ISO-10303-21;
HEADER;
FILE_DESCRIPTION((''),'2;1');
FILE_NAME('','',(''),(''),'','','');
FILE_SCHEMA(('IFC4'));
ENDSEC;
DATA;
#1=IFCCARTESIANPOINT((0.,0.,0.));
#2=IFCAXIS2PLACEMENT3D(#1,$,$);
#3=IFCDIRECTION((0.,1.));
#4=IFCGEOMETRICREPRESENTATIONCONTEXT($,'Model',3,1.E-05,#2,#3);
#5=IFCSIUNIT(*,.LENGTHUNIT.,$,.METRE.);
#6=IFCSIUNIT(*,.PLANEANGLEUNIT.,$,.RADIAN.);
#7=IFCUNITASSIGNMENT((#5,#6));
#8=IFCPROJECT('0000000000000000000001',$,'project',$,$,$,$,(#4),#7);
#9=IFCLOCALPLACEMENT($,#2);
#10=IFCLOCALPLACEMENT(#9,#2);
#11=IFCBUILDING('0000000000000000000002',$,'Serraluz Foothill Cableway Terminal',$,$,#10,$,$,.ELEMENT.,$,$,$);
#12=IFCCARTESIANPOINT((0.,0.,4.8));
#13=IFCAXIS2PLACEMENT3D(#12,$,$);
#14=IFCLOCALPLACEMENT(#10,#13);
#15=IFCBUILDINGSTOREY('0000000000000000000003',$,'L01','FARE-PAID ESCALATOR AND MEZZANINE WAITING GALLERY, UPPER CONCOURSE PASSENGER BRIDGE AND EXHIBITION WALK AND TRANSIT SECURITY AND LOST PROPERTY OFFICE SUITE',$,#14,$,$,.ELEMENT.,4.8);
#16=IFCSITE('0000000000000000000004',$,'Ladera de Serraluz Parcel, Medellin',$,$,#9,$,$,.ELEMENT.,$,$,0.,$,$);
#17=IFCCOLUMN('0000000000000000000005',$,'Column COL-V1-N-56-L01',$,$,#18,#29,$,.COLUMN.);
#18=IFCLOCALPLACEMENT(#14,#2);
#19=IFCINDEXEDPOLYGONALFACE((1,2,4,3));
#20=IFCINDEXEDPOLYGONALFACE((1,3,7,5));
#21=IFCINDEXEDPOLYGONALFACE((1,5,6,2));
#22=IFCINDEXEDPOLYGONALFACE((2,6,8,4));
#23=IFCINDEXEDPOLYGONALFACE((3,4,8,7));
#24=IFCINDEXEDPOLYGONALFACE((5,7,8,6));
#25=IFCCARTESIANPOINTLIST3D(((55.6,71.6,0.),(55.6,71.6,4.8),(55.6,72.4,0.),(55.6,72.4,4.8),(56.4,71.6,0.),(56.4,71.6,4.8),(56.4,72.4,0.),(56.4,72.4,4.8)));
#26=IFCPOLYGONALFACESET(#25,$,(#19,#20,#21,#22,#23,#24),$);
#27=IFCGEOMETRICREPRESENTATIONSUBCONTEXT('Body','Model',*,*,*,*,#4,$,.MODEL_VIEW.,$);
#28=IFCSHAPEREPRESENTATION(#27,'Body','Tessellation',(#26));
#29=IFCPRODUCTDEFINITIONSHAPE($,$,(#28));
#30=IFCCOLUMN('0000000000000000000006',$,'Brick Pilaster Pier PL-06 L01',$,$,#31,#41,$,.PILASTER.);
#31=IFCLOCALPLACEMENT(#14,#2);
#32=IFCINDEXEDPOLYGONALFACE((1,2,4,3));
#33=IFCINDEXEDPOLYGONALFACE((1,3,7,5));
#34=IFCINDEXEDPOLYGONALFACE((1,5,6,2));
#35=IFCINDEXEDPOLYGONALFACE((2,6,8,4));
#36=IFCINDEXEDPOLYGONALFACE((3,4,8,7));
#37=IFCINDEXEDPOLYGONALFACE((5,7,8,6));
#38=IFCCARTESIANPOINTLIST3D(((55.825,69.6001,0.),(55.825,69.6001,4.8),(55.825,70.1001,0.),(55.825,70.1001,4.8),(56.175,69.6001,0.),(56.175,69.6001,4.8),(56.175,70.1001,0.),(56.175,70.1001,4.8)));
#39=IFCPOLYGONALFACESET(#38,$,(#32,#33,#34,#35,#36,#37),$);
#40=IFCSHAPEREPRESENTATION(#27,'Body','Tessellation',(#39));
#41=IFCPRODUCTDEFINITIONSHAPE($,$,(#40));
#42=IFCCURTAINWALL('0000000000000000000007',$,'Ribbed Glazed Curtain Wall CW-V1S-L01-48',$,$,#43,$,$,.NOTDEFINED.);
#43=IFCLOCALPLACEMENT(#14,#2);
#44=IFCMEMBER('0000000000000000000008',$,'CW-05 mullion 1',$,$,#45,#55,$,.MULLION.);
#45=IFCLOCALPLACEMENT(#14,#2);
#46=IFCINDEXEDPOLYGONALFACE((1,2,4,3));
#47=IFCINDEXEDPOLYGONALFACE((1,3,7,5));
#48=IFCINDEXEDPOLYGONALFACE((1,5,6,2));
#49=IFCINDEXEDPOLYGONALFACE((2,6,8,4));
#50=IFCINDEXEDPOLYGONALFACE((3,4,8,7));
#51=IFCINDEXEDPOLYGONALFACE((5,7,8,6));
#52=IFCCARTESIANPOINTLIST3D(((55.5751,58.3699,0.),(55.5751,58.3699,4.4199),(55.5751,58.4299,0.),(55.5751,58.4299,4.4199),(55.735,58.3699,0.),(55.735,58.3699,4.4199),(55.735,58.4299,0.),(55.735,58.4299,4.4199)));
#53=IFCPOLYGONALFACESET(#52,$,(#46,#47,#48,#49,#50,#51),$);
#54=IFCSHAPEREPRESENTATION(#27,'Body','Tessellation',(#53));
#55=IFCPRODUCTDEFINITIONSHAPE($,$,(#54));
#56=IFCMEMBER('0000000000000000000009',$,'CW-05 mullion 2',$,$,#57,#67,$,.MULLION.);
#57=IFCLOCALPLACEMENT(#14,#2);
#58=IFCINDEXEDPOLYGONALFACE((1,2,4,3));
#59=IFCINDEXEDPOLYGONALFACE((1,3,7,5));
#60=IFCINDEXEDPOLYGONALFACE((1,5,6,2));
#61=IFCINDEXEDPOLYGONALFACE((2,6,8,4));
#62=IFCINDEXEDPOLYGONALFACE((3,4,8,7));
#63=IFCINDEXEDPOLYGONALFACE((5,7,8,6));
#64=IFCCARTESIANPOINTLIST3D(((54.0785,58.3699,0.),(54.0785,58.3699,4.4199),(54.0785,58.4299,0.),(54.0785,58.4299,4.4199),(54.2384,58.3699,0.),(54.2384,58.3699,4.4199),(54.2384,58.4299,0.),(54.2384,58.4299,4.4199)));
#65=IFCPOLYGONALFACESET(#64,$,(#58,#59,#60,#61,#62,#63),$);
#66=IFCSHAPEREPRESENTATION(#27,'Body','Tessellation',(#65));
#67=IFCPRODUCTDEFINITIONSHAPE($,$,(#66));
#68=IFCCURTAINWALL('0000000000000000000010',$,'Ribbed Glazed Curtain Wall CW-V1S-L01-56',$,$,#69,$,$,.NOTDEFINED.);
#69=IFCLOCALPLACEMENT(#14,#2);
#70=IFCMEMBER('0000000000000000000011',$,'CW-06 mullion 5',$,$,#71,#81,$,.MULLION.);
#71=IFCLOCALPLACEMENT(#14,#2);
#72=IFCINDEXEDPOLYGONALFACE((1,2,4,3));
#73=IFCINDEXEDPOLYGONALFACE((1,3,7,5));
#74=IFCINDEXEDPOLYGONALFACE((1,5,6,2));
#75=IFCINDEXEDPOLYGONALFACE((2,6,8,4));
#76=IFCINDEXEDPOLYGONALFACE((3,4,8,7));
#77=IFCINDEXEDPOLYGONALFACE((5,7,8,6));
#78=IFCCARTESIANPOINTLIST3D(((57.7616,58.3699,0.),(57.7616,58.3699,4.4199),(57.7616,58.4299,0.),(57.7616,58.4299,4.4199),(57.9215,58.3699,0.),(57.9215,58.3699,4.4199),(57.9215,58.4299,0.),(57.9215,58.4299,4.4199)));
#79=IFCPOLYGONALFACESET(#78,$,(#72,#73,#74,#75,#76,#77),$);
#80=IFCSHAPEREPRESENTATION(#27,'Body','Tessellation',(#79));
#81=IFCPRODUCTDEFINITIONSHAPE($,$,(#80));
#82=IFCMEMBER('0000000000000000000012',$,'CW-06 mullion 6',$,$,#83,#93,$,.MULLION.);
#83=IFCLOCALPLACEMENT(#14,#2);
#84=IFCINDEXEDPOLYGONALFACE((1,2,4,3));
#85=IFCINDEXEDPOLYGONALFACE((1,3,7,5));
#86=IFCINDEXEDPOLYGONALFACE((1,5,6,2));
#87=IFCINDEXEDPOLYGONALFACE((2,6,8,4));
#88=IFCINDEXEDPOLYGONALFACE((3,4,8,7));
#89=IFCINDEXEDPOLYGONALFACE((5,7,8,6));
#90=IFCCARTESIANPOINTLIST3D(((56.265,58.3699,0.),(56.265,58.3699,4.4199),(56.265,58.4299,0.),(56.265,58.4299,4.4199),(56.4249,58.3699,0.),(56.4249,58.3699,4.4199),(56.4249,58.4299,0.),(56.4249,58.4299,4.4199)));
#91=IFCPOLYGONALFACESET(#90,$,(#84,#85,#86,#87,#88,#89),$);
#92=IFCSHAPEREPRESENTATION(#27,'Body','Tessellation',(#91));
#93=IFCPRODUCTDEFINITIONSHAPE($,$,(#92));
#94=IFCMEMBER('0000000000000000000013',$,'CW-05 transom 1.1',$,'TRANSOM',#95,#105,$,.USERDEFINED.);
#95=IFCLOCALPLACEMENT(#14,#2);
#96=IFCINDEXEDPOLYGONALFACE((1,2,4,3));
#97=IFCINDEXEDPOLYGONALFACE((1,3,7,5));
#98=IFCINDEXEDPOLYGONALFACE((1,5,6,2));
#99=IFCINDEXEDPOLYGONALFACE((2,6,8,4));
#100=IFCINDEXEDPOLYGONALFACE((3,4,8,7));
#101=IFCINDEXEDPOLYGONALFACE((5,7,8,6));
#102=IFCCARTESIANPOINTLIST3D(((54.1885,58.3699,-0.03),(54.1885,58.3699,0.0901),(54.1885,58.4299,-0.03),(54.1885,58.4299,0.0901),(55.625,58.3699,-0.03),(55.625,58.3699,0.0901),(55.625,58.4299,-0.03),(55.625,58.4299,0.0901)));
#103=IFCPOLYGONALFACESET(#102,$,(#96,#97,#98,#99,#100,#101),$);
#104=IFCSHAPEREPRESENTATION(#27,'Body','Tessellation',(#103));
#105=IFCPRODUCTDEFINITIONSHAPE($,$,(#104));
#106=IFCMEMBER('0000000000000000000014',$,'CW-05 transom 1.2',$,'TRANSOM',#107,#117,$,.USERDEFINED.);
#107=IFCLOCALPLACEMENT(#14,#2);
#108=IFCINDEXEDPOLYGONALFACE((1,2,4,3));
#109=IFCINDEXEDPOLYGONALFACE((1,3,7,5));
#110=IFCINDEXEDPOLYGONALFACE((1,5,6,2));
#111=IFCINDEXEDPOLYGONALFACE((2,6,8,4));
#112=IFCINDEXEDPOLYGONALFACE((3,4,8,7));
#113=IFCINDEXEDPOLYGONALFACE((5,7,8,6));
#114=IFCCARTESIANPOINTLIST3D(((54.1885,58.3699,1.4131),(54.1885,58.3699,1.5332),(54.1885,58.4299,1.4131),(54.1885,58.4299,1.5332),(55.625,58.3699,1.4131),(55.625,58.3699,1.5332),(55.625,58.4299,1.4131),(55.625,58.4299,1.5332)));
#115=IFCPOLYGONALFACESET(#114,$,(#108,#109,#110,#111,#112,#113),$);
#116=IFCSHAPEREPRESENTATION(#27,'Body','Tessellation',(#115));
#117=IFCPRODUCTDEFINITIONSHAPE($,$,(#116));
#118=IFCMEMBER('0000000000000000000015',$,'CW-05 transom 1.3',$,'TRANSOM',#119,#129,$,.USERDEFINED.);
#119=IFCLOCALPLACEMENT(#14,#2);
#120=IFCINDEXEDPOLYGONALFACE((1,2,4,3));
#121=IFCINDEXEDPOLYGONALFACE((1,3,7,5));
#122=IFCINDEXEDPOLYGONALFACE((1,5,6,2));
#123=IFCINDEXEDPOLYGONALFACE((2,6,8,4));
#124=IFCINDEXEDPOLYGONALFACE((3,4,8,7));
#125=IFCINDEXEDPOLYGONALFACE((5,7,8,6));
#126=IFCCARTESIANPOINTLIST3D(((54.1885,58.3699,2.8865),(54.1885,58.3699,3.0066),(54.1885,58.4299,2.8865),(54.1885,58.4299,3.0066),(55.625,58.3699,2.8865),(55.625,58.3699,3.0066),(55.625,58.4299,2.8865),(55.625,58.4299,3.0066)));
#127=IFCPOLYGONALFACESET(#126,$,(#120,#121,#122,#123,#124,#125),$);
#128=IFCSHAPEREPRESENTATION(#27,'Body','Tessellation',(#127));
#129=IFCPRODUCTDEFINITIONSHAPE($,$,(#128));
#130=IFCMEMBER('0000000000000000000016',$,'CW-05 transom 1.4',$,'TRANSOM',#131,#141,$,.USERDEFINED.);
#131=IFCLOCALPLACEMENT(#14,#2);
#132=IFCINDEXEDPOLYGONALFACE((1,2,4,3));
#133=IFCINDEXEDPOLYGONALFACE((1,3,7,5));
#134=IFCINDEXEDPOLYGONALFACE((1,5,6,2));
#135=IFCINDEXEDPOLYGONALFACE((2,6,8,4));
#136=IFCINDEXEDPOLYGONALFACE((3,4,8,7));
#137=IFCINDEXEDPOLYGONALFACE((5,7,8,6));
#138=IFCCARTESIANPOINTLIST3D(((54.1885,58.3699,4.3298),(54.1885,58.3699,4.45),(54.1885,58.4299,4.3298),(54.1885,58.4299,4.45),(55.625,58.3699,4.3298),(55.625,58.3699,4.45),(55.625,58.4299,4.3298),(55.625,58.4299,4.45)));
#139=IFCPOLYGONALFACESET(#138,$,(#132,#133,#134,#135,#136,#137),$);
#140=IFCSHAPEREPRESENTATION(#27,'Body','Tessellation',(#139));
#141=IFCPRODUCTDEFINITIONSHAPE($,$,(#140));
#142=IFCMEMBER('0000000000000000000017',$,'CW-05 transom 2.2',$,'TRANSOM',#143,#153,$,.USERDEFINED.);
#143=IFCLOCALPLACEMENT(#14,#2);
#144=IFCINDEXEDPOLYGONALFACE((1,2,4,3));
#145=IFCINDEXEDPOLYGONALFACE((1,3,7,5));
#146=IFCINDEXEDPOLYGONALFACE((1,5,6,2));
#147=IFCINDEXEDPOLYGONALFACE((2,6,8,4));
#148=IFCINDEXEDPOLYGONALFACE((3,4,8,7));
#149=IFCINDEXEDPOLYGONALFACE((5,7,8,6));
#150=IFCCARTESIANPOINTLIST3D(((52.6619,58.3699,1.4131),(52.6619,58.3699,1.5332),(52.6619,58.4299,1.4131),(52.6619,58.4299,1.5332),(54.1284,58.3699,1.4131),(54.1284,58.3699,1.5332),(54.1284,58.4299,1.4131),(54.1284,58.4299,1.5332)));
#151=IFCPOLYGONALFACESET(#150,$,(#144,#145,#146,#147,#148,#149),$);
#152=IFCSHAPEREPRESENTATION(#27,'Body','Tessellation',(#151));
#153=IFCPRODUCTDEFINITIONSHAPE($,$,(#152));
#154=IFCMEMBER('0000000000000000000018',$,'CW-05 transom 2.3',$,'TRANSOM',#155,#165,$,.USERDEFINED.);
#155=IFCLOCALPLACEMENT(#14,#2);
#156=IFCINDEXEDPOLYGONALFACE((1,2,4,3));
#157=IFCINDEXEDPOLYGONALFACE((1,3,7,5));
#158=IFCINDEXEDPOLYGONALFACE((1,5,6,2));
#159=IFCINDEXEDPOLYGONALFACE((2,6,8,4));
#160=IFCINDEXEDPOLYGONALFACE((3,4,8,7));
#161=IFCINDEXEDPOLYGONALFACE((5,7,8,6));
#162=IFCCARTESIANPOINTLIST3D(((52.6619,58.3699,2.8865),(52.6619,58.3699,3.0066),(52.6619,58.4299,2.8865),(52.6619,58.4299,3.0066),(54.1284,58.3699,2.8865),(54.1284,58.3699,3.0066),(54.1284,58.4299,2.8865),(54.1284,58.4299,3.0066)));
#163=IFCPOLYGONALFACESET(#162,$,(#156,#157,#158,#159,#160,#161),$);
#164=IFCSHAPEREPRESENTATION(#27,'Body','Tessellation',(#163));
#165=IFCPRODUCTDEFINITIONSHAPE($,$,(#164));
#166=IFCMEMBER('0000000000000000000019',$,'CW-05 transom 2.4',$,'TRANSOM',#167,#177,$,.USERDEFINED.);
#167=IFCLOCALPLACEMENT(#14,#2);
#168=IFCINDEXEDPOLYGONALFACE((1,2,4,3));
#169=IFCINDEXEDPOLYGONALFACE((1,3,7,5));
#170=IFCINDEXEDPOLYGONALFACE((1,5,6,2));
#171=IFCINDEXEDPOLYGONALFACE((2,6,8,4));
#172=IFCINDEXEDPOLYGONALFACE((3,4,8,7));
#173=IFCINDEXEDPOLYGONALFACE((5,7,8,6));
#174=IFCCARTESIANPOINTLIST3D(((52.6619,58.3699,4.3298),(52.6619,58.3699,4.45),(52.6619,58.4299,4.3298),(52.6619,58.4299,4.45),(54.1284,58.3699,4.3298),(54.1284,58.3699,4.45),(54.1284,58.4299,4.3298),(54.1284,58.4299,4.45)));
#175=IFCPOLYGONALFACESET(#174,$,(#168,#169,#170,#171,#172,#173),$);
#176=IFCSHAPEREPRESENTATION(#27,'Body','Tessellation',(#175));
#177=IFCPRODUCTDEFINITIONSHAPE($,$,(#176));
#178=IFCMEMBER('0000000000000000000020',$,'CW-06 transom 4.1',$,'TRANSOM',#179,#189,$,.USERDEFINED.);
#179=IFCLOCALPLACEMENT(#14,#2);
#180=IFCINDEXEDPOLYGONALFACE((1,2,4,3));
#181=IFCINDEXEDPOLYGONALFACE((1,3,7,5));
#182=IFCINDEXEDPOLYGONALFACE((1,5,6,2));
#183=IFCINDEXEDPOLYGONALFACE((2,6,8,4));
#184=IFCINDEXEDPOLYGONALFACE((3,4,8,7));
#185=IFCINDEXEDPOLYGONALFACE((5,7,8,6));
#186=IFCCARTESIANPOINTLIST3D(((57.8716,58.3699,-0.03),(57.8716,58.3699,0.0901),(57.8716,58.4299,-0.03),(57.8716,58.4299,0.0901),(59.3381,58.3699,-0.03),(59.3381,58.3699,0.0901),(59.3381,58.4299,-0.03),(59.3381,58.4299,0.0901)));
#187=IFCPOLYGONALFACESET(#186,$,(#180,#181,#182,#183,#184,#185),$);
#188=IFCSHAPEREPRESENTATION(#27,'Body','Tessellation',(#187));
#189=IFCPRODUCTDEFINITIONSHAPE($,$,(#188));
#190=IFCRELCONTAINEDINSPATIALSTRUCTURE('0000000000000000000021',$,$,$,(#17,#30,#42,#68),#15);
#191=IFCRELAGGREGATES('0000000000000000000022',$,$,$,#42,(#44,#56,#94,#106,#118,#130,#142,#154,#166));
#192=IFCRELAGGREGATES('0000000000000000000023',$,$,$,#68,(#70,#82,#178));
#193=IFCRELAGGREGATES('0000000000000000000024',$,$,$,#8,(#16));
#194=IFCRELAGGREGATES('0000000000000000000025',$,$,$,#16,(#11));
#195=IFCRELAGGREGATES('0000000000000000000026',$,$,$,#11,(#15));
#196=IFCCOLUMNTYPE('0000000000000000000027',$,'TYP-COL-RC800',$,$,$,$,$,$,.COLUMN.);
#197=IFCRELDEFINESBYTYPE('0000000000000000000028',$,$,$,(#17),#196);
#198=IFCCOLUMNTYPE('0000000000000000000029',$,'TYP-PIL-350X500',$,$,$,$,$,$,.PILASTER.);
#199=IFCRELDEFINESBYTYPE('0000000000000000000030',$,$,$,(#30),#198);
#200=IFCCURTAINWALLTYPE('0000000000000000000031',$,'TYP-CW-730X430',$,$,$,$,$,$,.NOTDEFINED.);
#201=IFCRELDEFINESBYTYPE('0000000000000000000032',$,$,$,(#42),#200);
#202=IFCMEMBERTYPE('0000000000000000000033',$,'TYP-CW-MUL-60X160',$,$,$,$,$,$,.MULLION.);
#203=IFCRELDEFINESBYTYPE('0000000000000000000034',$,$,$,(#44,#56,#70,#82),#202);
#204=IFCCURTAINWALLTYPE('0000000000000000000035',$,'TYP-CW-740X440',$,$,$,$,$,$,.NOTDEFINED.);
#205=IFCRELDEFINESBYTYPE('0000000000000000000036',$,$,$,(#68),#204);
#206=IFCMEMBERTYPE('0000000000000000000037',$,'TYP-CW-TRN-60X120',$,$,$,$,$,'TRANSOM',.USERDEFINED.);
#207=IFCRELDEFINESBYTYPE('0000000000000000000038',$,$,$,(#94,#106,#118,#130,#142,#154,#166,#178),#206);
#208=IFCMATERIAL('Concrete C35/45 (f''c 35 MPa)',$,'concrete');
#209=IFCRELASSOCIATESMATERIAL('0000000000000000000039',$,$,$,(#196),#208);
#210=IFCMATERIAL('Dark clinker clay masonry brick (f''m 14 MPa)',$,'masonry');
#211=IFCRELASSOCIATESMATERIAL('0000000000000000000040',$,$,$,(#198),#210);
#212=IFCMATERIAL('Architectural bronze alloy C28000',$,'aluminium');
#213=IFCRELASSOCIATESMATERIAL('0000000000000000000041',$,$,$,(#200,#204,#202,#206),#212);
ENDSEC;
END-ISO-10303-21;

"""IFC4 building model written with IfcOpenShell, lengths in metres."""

from ifc_helpers import new_model, si_unit, direction, frame, origin, origin_2d, place, context, subcontext, project, spatial, rectangle, extrude, material, material_profile, profile_set, type_object, element, aggregate, save


model = new_model("IFC4")

# Units and contexts
model_context = context("Model", 3, precision=1e-05, world=origin(), true_north=direction((0.0, 1.0)))
body_context = subcontext(model_context, "Body", "Model", "MODEL_VIEW")
ifc_project = project(units=[si_unit("LENGTHUNIT", "METRE"), si_unit("PLANEANGLEUNIT", "RADIAN")], contexts=[model_context])

# Site, building, storey
site_placement = place(None, origin())
site = spatial("IfcSite", under=ifc_project, at=site_placement, Name="Ladera de Serraluz Parcel, Medellin", CompositionType="ELEMENT", RefElevation=0.0)
building_placement = place(site_placement, origin())
building = spatial("IfcBuilding", under=site, at=building_placement, Name="Serraluz Foothill Cableway Terminal", CompositionType="ELEMENT")
storey_placement = place(building_placement, frame((0.0, 0.0, 4.8)))
storey = spatial("IfcBuildingStorey", under=building, at=storey_placement, Name="L01", Description="FARE-PAID ESCALATOR AND MEZZANINE WAITING GALLERY, UPPER CONCOURSE PASSENGER BRIDGE AND EXHIBITION WALK AND TRANSIT SECURITY AND LOST PROPERTY OFFICE SUITE", CompositionType="ELEMENT", Elevation=4.8)

# Columns
ifc_material_1 = material(Name="Concrete C35/45 (f'c 35 MPa)", Category="concrete")
ifc_material_profile_1 = material_profile(ifc_material_1, rectangle(XDim=0.8, YDim=0.8, at=origin_2d()), Name="RC 800x800")
ifc_profile_set_1 = profile_set([ifc_material_profile_1], Name="Concrete C35/45 (f'c 35 MPa)")
column_type_1 = type_object("IfcColumnType", Name="TYP-COL-RC800", PredefinedType="COLUMN", material=ifc_profile_set_1)
column_1_placement = place(storey_placement, frame((56.0, 72.0, 0.0), z_axis=(0.0, 0.0, 1.0), x_axis=(1.0, 0.0, 0.0)))
element("IfcColumn", 1, at=column_1_placement, inside=storey, type_object=column_type_1, Name="Column COL-V1-N-56-L01", PredefinedType="COLUMN", context=body_context, shape_type="SweptSolid", body=[
    extrude(rectangle(XDim=0.8, YDim=0.8, at=origin_2d()), origin(), (0.0, 0.0, 1.0), 4.8),
])
ifc_material_2 = material(Name="Dark clinker clay masonry brick (f'm 14 MPa)", Category="masonry")
ifc_material_profile_2 = material_profile(ifc_material_2, rectangle(XDim=0.3501, YDim=0.5, at=origin_2d()), Name="PIL 350x500")
ifc_profile_set_2 = profile_set([ifc_material_profile_2], Name="Dark clinker clay masonry brick (f'm 14 MPa)")
column_type_2 = type_object("IfcColumnType", Name="TYP-PIL-350X500", PredefinedType="PILASTER", material=ifc_profile_set_2)
column_2_placement = place(storey_placement, frame((56.0, 69.8501, 0.0), z_axis=(0.0, 0.0, 1.0), x_axis=(1.0, 0.0, 0.0)))
element("IfcColumn", 2, at=column_2_placement, inside=storey, type_object=column_type_2, Name="Brick Pilaster Pier PL-06 L01", PredefinedType="PILASTER", context=body_context, shape_type="SweptSolid", body=[
    extrude(rectangle(XDim=0.3501, YDim=0.5, at=origin_2d()), origin(), (0.0, 0.0, 1.0), 4.8),
])

# Curtain walls, members
ifc_material_3 = material(Name="Architectural bronze alloy C28000", Category="aluminium")
curtain_wall_type_1 = type_object("IfcCurtainWallType", Name="TYP-CW-730X430", PredefinedType="NOTDEFINED", material=ifc_material_3)
curtain_wall_1_placement = place(storey_placement, origin())
curtain_wall_1 = element("IfcCurtainWall", 3, at=curtain_wall_1_placement, inside=storey, type_object=curtain_wall_type_1, Name="Ribbed Glazed Curtain Wall CW-V1S-L01-48", PredefinedType="NOTDEFINED")
ifc_material_profile_3 = material_profile(ifc_material_3, rectangle(XDim=0.0601, YDim=0.1599, at=origin_2d()), Name="ALU MULLION 60x160")
ifc_profile_set_3 = profile_set([ifc_material_profile_3], Name="Architectural bronze alloy C28000")
member_type_1 = type_object("IfcMemberType", Name="TYP-CW-MUL-60X160", PredefinedType="MULLION", material=ifc_profile_set_3)
member_1_placement = place(storey_placement, frame((55.655, 58.3999, 0.0), z_axis=(0.0, 0.0, 1.0), x_axis=(0.0, -1.0, 0.0)))
member_1 = element("IfcMember", 4, at=member_1_placement, type_object=member_type_1, Name="CW-05 mullion 1", PredefinedType="MULLION", context=body_context, shape_type="SweptSolid", body=[
    extrude(rectangle(XDim=0.0601, YDim=0.1599, at=origin_2d()), origin(), (0.0, 0.0, 1.0), 4.4199),
])
member_2_placement = place(storey_placement, frame((54.1584, 58.3999, 0.0), z_axis=(0.0, 0.0, 1.0), x_axis=(0.0, -1.0, 0.0)))
member_2 = element("IfcMember", 5, at=member_2_placement, type_object=member_type_1, Name="CW-05 mullion 2", PredefinedType="MULLION", context=body_context, shape_type="SweptSolid", body=[
    extrude(rectangle(XDim=0.0601, YDim=0.1599, at=origin_2d()), origin(), (0.0, 0.0, 1.0), 4.4199),
])
curtain_wall_type_2 = type_object("IfcCurtainWallType", Name="TYP-CW-740X440", PredefinedType="NOTDEFINED", material=ifc_material_3)
curtain_wall_2_placement = place(storey_placement, origin())
curtain_wall_2 = element("IfcCurtainWall", 6, at=curtain_wall_2_placement, inside=storey, type_object=curtain_wall_type_2, Name="Ribbed Glazed Curtain Wall CW-V1S-L01-56", PredefinedType="NOTDEFINED")
member_3_placement = place(storey_placement, frame((57.8416, 58.3999, 0.0), z_axis=(0.0, 0.0, 1.0), x_axis=(0.0, -1.0, 0.0)))
member_3 = element("IfcMember", 7, at=member_3_placement, type_object=member_type_1, Name="CW-06 mullion 5", PredefinedType="MULLION", context=body_context, shape_type="SweptSolid", body=[
    extrude(rectangle(XDim=0.0601, YDim=0.1599, at=origin_2d()), origin(), (0.0, 0.0, 1.0), 4.4199),
])
member_4_placement = place(storey_placement, frame((56.345, 58.3999, 0.0), z_axis=(0.0, 0.0, 1.0), x_axis=(0.0, -1.0, 0.0)))
member_4 = element("IfcMember", 8, at=member_4_placement, type_object=member_type_1, Name="CW-06 mullion 6", PredefinedType="MULLION", context=body_context, shape_type="SweptSolid", body=[
    extrude(rectangle(XDim=0.0601, YDim=0.1599, at=origin_2d()), origin(), (0.0, 0.0, 1.0), 4.4199),
])

# Members
ifc_material_profile_4 = material_profile(ifc_material_3, rectangle(XDim=0.0601, YDim=0.1201, at=origin_2d()), Name="ALU TRANSOM 60x120")
ifc_profile_set_4 = profile_set([ifc_material_profile_4], Name="Architectural bronze alloy C28000")
member_type_2 = type_object("IfcMemberType", Name="TYP-CW-TRN-60X120", ElementType="TRANSOM", PredefinedType="USERDEFINED", material=ifc_profile_set_4)
member_5_placement = place(storey_placement, frame((55.625, 58.3999, 0.03), z_axis=(-1.0, 0.0, 0.0), x_axis=(0.0, -1.0, 0.0)))
member_5 = element("IfcMember", 9, at=member_5_placement, type_object=member_type_2, Name="CW-05 transom 1.1", ObjectType="TRANSOM", PredefinedType="USERDEFINED", context=body_context, shape_type="SweptSolid", body=[
    extrude(rectangle(XDim=0.0601, YDim=0.1201, at=origin_2d()), origin(), (0.0, 0.0, 1.0), 1.4365),
])
member_6_placement = place(storey_placement, frame((55.625, 58.3999, 1.4731), z_axis=(-1.0, 0.0, 0.0), x_axis=(0.0, -1.0, 0.0)))
member_6 = element("IfcMember", 10, at=member_6_placement, type_object=member_type_2, Name="CW-05 transom 1.2", ObjectType="TRANSOM", PredefinedType="USERDEFINED", context=body_context, shape_type="SweptSolid", body=[
    extrude(rectangle(XDim=0.0601, YDim=0.1201, at=origin_2d()), origin(), (0.0, 0.0, 1.0), 1.4365),
])
member_7_placement = place(storey_placement, frame((55.625, 58.3999, 2.9465), z_axis=(-1.0, 0.0, 0.0), x_axis=(0.0, -1.0, 0.0)))
member_7 = element("IfcMember", 11, at=member_7_placement, type_object=member_type_2, Name="CW-05 transom 1.3", ObjectType="TRANSOM", PredefinedType="USERDEFINED", context=body_context, shape_type="SweptSolid", body=[
    extrude(rectangle(XDim=0.0601, YDim=0.1201, at=origin_2d()), origin(), (0.0, 0.0, 1.0), 1.4365),
])
member_8_placement = place(storey_placement, frame((55.625, 58.3999, 4.3899), z_axis=(-1.0, 0.0, 0.0), x_axis=(0.0, -1.0, 0.0)))
member_8 = element("IfcMember", 12, at=member_8_placement, type_object=member_type_2, Name="CW-05 transom 1.4", ObjectType="TRANSOM", PredefinedType="USERDEFINED", context=body_context, shape_type="SweptSolid", body=[
    extrude(rectangle(XDim=0.0601, YDim=0.1201, at=origin_2d()), origin(), (0.0, 0.0, 1.0), 1.4365),
])
member_9_placement = place(storey_placement, frame((54.1284, 58.3999, 1.4731), z_axis=(-1.0, 0.0, 0.0), x_axis=(0.0, -1.0, 0.0)))
member_9 = element("IfcMember", 13, at=member_9_placement, type_object=member_type_2, Name="CW-05 transom 2.2", ObjectType="TRANSOM", PredefinedType="USERDEFINED", context=body_context, shape_type="SweptSolid", body=[
    extrude(rectangle(XDim=0.0601, YDim=0.1201, at=origin_2d()), origin(), (0.0, 0.0, 1.0), 1.4666),
])
member_10_placement = place(storey_placement, frame((54.1284, 58.3999, 2.9465), z_axis=(-1.0, 0.0, 0.0), x_axis=(0.0, -1.0, 0.0)))
member_10 = element("IfcMember", 14, at=member_10_placement, type_object=member_type_2, Name="CW-05 transom 2.3", ObjectType="TRANSOM", PredefinedType="USERDEFINED", context=body_context, shape_type="SweptSolid", body=[
    extrude(rectangle(XDim=0.0601, YDim=0.1201, at=origin_2d()), origin(), (0.0, 0.0, 1.0), 1.4666),
])
member_11_placement = place(storey_placement, frame((54.1284, 58.3999, 4.3899), z_axis=(-1.0, 0.0, 0.0), x_axis=(0.0, -1.0, 0.0)))
member_11 = element("IfcMember", 15, at=member_11_placement, type_object=member_type_2, Name="CW-05 transom 2.4", ObjectType="TRANSOM", PredefinedType="USERDEFINED", context=body_context, shape_type="SweptSolid", body=[
    extrude(rectangle(XDim=0.0601, YDim=0.1201, at=origin_2d()), origin(), (0.0, 0.0, 1.0), 1.4666),
])
member_12_placement = place(storey_placement, frame((59.3381, 58.3999, 0.03), z_axis=(-1.0, 0.0, 0.0), x_axis=(0.0, -1.0, 0.0)))
member_12 = element("IfcMember", 16, at=member_12_placement, type_object=member_type_2, Name="CW-06 transom 4.1", ObjectType="TRANSOM", PredefinedType="USERDEFINED", context=body_context, shape_type="SweptSolid", body=[
    extrude(rectangle(XDim=0.0601, YDim=0.1201, at=origin_2d()), origin(), (0.0, 0.0, 1.0), 1.4666),
])

aggregate(curtain_wall_1, [member_1, member_2, member_5, member_6, member_7, member_8, member_9, member_10, member_11])
aggregate(curtain_wall_2, [member_3, member_4, member_12])

save(model, "model.ifc")
